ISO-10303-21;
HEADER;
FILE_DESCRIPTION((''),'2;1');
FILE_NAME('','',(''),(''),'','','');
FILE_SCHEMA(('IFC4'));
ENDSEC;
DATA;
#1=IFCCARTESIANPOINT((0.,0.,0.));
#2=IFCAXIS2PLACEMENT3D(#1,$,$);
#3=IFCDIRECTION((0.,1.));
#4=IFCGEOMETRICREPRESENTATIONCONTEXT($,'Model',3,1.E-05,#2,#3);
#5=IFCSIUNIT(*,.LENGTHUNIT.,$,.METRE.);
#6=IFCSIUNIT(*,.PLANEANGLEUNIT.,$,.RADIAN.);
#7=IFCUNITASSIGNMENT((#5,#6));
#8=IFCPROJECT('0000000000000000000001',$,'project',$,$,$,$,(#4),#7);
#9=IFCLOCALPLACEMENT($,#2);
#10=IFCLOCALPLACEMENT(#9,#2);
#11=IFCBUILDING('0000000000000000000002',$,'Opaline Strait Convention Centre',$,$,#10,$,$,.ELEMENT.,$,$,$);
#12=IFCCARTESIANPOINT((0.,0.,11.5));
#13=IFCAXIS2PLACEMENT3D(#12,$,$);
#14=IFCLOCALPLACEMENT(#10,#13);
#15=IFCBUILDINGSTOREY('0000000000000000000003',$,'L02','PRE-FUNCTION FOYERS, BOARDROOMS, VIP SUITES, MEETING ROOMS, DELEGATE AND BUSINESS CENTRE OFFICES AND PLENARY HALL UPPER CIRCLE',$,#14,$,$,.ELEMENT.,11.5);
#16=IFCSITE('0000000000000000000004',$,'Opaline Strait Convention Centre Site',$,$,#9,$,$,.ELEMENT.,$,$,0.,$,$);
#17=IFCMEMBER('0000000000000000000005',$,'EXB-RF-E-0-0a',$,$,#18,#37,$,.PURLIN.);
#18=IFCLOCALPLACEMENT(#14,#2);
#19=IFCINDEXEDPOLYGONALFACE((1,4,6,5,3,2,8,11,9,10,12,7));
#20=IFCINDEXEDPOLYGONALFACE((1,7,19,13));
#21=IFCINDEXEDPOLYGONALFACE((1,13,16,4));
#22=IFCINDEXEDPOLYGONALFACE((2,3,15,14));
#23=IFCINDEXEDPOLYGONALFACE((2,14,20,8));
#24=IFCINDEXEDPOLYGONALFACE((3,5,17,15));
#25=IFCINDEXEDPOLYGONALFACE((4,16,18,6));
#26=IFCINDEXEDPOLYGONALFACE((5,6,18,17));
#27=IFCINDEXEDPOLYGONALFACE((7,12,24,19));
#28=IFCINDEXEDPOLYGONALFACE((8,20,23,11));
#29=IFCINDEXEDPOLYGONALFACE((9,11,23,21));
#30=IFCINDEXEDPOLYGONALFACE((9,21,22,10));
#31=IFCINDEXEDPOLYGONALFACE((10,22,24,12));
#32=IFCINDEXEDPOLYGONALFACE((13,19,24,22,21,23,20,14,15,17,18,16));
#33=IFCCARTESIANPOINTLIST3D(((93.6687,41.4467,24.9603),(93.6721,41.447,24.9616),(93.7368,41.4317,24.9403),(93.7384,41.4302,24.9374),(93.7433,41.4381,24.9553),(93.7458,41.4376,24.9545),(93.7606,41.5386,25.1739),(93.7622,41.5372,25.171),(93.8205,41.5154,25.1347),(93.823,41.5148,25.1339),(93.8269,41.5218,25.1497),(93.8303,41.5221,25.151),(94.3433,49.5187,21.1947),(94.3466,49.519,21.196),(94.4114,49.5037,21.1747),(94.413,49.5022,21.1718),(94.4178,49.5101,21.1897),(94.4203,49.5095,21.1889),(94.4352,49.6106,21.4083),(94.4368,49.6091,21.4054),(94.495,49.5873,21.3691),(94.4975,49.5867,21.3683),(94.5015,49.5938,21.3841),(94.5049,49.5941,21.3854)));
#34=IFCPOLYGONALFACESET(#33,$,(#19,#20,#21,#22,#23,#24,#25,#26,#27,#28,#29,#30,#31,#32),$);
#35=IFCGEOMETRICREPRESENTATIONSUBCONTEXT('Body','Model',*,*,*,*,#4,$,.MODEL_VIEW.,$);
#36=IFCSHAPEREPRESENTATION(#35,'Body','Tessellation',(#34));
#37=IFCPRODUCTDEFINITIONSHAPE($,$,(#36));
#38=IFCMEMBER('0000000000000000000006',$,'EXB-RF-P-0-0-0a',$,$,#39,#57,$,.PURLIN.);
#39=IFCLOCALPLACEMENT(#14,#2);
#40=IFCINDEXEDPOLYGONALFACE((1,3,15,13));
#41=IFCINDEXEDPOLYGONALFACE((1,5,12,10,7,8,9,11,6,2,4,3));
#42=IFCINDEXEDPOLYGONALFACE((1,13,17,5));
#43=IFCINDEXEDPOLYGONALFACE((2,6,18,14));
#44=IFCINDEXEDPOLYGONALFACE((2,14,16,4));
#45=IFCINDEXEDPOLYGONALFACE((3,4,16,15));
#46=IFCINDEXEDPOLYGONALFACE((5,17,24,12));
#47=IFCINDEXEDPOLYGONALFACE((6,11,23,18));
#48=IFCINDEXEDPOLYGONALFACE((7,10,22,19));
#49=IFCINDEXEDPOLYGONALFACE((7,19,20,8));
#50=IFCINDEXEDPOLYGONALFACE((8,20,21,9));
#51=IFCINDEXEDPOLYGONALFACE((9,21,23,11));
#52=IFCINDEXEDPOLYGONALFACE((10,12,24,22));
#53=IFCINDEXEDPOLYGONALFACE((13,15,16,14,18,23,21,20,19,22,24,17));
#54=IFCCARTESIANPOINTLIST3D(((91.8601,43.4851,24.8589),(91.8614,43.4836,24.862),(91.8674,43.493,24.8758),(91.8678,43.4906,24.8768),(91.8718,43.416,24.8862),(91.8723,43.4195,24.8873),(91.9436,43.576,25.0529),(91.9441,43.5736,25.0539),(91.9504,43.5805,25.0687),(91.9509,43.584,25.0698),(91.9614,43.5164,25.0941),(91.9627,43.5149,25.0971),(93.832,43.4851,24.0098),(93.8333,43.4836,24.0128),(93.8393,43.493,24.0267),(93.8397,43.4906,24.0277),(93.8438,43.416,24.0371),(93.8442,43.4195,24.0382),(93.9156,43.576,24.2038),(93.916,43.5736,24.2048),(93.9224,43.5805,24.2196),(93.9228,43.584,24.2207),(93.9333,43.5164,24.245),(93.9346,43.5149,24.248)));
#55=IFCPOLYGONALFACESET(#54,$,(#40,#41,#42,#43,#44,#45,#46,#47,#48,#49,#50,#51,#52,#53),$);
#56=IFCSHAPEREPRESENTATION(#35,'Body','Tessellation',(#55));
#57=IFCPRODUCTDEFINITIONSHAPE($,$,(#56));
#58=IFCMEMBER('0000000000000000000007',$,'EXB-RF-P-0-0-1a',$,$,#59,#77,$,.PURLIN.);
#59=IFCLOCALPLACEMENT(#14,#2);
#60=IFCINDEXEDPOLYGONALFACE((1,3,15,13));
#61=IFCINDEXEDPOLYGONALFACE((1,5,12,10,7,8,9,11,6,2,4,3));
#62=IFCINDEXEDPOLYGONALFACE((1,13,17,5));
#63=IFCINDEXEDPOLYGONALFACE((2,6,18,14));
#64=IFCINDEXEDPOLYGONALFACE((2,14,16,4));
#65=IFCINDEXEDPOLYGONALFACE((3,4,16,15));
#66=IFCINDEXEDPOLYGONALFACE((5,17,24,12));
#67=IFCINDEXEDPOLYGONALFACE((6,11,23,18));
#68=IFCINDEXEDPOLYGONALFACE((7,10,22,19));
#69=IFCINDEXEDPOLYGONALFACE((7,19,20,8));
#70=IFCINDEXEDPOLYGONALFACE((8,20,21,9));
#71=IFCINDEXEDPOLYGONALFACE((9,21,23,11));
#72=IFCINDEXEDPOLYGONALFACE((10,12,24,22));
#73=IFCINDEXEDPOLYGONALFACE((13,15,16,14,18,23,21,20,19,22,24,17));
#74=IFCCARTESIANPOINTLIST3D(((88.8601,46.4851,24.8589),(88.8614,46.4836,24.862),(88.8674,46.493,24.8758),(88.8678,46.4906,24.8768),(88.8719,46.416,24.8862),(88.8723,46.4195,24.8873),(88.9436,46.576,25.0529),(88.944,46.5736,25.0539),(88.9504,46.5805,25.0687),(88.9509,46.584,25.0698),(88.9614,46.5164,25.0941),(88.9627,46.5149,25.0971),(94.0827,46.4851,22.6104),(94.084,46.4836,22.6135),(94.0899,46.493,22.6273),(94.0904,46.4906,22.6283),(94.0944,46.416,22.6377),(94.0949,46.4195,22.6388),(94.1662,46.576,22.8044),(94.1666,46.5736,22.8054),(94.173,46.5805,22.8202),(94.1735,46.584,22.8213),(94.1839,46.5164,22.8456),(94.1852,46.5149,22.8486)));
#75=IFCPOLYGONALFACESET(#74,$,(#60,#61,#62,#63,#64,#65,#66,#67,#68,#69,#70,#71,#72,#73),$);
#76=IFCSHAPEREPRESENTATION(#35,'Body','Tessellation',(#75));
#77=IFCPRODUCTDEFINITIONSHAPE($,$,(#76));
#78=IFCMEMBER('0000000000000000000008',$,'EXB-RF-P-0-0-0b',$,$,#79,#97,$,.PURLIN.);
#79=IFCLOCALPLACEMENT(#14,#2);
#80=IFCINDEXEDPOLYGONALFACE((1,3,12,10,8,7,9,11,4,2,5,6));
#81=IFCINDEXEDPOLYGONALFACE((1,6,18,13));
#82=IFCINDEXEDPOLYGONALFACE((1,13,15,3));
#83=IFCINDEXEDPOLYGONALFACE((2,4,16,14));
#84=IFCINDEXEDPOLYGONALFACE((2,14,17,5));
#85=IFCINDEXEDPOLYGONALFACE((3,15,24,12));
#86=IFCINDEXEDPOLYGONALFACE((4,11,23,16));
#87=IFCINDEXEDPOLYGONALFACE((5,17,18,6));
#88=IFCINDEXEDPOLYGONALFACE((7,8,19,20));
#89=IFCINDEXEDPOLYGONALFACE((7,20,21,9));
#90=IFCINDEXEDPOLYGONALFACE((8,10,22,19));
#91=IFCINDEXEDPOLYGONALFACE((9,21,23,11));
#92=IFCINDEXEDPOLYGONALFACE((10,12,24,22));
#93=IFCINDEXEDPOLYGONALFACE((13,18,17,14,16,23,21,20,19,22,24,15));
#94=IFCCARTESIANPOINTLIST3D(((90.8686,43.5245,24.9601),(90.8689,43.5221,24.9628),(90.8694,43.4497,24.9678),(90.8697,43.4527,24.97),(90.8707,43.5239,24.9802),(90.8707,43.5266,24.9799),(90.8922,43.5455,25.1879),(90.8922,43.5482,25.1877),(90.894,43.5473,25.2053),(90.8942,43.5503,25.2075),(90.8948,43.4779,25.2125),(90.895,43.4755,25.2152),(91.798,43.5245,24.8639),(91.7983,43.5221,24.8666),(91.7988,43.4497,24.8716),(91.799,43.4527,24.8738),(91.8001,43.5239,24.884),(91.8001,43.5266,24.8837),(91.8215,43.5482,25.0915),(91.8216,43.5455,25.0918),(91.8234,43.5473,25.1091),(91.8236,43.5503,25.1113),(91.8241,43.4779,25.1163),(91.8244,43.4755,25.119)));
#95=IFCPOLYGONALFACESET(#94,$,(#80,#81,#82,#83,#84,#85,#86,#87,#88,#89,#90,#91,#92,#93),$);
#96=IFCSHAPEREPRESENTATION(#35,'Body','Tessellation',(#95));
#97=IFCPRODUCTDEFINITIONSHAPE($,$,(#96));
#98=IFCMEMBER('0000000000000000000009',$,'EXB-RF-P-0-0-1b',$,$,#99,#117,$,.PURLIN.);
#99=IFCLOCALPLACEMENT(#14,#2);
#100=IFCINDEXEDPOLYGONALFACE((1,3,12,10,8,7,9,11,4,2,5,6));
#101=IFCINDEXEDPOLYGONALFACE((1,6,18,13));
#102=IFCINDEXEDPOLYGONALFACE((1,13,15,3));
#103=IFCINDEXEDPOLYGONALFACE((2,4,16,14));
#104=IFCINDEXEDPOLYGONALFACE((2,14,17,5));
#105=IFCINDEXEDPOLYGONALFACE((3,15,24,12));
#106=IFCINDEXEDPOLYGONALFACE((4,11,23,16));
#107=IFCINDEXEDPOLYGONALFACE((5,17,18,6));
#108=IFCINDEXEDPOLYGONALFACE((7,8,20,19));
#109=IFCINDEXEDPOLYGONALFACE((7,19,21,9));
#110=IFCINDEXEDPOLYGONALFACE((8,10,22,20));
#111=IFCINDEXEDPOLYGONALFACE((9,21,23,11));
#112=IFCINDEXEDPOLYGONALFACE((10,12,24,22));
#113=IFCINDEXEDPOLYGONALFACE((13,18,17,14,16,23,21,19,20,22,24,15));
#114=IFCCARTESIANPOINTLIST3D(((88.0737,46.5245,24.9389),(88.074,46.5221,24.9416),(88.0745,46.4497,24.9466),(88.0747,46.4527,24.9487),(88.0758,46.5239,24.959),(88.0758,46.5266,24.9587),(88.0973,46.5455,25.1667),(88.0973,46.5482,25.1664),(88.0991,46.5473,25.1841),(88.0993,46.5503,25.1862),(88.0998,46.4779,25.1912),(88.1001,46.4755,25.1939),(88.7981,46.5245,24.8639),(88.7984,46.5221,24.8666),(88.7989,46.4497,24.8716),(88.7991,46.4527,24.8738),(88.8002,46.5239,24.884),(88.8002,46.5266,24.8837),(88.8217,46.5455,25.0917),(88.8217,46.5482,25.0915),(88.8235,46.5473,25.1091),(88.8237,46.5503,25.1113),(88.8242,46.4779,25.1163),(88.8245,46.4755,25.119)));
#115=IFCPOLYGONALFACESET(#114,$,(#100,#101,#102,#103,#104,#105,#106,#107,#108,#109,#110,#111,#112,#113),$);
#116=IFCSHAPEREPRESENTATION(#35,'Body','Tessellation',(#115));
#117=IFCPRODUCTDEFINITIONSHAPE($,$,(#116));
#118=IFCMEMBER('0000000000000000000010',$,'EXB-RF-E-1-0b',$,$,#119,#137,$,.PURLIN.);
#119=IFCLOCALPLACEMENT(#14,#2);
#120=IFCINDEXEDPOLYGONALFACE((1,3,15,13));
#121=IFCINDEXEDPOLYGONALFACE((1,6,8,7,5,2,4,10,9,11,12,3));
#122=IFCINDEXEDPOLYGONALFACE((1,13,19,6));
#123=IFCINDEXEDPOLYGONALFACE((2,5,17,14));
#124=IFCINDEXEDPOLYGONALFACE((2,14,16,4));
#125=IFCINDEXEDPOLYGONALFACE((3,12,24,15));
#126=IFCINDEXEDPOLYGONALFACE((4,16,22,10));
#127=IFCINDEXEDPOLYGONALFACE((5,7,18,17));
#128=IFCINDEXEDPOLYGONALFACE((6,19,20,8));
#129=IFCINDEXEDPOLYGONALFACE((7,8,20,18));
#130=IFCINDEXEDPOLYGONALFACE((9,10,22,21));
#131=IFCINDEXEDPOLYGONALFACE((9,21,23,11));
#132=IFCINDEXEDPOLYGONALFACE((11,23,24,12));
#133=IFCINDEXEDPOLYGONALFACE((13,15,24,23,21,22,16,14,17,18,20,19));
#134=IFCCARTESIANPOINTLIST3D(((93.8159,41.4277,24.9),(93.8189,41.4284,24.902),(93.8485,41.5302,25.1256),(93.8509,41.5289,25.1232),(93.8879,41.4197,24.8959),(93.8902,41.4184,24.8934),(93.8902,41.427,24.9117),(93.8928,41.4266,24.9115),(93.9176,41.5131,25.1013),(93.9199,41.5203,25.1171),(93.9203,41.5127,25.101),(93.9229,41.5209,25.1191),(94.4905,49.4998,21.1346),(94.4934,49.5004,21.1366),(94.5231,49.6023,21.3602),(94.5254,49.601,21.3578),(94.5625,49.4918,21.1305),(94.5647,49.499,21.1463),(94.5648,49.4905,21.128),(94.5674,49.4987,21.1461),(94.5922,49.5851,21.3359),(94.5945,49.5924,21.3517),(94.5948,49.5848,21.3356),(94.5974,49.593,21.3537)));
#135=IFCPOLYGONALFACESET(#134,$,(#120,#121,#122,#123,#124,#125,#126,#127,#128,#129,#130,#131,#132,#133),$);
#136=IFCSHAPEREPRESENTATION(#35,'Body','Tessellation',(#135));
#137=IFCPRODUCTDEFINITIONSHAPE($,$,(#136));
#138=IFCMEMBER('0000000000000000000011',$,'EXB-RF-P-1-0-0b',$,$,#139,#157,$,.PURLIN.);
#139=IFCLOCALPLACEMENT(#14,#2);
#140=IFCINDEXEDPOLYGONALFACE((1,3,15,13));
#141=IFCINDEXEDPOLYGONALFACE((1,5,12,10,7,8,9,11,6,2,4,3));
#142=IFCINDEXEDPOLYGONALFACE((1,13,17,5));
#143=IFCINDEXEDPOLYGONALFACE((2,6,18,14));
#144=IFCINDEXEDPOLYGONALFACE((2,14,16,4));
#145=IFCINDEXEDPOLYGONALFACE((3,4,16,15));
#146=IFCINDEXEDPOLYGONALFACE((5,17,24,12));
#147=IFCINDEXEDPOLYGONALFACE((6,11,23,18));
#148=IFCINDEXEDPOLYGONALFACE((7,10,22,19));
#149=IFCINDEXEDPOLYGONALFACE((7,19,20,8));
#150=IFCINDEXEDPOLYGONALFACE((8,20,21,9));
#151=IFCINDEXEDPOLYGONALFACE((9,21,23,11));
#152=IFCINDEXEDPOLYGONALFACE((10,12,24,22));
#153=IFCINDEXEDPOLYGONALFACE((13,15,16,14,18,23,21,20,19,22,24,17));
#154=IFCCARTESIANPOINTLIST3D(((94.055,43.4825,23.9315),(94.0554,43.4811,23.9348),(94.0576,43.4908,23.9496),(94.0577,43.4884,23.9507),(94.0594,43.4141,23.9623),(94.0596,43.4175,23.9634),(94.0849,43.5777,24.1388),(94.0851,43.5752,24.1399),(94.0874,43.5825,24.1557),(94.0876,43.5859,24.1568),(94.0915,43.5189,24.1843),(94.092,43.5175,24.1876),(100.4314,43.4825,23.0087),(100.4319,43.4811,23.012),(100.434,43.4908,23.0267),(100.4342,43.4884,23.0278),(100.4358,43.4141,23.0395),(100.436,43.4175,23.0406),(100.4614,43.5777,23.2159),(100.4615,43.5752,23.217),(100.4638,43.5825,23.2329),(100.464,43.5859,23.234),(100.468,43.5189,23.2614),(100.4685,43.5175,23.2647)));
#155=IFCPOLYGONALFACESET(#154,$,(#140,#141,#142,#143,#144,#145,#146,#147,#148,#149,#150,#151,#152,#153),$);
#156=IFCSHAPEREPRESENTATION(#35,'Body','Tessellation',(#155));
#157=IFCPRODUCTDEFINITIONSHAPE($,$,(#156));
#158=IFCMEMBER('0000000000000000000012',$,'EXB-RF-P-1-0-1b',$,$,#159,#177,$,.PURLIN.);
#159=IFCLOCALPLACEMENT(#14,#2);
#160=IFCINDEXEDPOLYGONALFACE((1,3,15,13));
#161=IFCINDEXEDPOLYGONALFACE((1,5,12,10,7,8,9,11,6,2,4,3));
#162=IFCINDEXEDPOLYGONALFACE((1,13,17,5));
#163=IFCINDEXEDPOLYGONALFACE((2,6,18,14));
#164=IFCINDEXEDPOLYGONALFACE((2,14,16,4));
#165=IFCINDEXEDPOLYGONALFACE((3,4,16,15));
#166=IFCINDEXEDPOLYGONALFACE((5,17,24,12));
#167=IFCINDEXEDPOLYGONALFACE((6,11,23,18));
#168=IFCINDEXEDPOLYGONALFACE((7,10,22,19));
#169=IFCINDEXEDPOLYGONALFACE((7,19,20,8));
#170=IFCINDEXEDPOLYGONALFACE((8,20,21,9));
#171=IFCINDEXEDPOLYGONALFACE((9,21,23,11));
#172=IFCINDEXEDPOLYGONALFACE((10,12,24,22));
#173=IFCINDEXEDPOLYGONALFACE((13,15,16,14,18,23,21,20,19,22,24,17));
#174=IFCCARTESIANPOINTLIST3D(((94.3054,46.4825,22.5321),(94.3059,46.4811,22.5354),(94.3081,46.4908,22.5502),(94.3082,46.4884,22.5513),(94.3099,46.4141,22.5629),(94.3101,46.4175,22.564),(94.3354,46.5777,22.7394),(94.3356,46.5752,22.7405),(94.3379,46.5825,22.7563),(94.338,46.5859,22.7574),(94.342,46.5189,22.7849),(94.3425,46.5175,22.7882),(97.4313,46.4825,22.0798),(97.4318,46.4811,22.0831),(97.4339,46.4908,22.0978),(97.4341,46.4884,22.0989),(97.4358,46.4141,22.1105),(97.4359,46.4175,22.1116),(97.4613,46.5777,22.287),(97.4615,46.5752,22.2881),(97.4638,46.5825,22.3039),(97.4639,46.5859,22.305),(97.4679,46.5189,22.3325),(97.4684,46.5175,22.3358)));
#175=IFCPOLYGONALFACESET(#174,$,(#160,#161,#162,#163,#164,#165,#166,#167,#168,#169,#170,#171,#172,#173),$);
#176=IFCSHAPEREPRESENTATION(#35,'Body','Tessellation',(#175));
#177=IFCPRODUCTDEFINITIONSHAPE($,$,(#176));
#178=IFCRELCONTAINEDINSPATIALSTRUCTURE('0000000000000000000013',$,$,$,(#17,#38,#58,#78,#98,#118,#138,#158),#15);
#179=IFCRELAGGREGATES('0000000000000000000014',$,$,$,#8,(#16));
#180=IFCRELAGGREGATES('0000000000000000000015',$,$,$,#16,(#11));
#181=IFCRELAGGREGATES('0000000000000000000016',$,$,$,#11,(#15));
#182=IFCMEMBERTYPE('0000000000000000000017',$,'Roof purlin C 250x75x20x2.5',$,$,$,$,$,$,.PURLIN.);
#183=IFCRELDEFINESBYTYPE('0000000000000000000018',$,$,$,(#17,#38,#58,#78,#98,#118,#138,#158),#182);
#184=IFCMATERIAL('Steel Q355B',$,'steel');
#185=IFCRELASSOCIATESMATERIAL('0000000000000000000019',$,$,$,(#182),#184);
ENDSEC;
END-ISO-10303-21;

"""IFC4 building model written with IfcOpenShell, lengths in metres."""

from ifc_helpers import new_model, si_unit, direction, frame, origin, place, context, subcontext, project, spatial, polyline, outline, extrude, material, material_profile, profile_set, type_object, element, save


model = new_model("IFC4")

# Units and contexts
model_context = context("Model", 3, precision=1e-05, world=origin(), true_north=direction((0.0, 1.0)))
body_context = subcontext(model_context, "Body", "Model", "MODEL_VIEW")
ifc_project = project(units=[si_unit("LENGTHUNIT", "METRE"), si_unit("PLANEANGLEUNIT", "RADIAN")], contexts=[model_context])

# Site, building, storey
site_placement = place(None, origin())
site = spatial("IfcSite", under=ifc_project, at=site_placement, Name="Opaline Strait Convention Centre Site", CompositionType="ELEMENT", RefElevation=0.0)
building_placement = place(site_placement, origin())
building = spatial("IfcBuilding", under=site, at=building_placement, Name="Opaline Strait Convention Centre", CompositionType="ELEMENT")
storey_placement = place(building_placement, frame((0.0, 0.0, 11.5)))
storey = spatial("IfcBuildingStorey", under=building, at=storey_placement, Name="L02", Description="PRE-FUNCTION FOYERS, BOARDROOMS, VIP SUITES, MEETING ROOMS, DELEGATE AND BUSINESS CENTRE OFFICES AND PLENARY HALL UPPER CIRCLE", CompositionType="ELEMENT", Elevation=11.5)

# Members
ifc_material_1 = material(Name="Steel Q355B", Category="steel")
ifc_material_profile_1 = material_profile(ifc_material_1, outline(polyline([(-0.0376, -0.125), (0.0376, -0.125), (0.0376, -0.105), (0.0349, -0.105), (0.0349, -0.1226), (-0.0349, -0.1226), (-0.0349, 0.1226), (0.0349, 0.1226), (0.0349, 0.105), (0.0376, 0.105), (0.0376, 0.125), (-0.0376, 0.125), (-0.0376, -0.125)])), Name="C 250x75x20x2.5")
ifc_profile_set_1 = profile_set([ifc_material_profile_1], Name="Steel Q355B")
member_type_1 = type_object("IfcMemberType", Name="Roof purlin C 250x75x20x2.5", PredefinedType="PURLIN", material=ifc_profile_set_1)
member_1_placement = place(storey_placement, frame((94.4241, 49.5564, 21.29), z_axis=(-0.075516, -0.903652, 0.421557), x_axis=(0.926866, -0.219515, -0.304519)))
element("IfcMember", 1, at=member_1_placement, inside=storey, type_object=member_type_1, Name="EXB-RF-E-0-0a", PredefinedType="PURLIN", context=body_context, shape_type="SweptSolid", body=[
    extrude(outline(polyline([(-0.0376, -0.125), (0.0376, -0.125), (0.0376, -0.105), (0.0349, -0.105), (0.0349, -0.1226), (-0.0349, -0.1226), (-0.0349, 0.1226), (0.0349, 0.1226), (0.0349, 0.105), (0.0376, 0.105), (0.0376, 0.125), (-0.0376, 0.125), (-0.0376, -0.125)])), origin(), (0.0, 0.0, 1.0), 8.9326),
])
member_2_placement = place(storey_placement, frame((91.9114, 43.5, 24.978), z_axis=(0.918467, 0.0, -0.395497), x_axis=(-0.156387, 0.918501, -0.363179)))
element("IfcMember", 2, at=member_2_placement, inside=storey, type_object=member_type_1, Name="EXB-RF-P-0-0-0a", PredefinedType="PURLIN", context=body_context, shape_type="SweptSolid", body=[
    extrude(outline(polyline([(-0.0376, -0.125), (0.0376, -0.125), (0.0376, -0.105), (0.0349, -0.105), (0.0349, -0.1226), (-0.0349, -0.1226), (-0.0349, 0.1226), (0.0349, 0.1226), (0.0349, 0.105), (0.0376, 0.105), (0.0376, 0.125), (-0.0376, 0.125), (-0.0376, -0.125)])), origin(), (0.0, 0.0, 1.0), 2.147),
])
member_3_placement = place(storey_placement, frame((88.9114, 46.5, 24.978), z_axis=(0.918491, 0.0, -0.395442), x_axis=(-0.156365, 0.918501, -0.363189)))
element("IfcMember", 3, at=member_3_placement, inside=storey, type_object=member_type_1, Name="EXB-RF-P-0-0-1a", PredefinedType="PURLIN", context=body_context, shape_type="SweptSolid", body=[
    extrude(outline(polyline([(-0.0376, -0.125), (0.0376, -0.125), (0.0376, -0.105), (0.0349, -0.105), (0.0349, -0.1226), (-0.0349, -0.1226), (-0.0349, 0.1226), (0.0349, 0.1226), (0.0349, 0.105), (0.0376, 0.105), (0.0376, 0.125), (-0.0376, 0.125), (-0.0376, -0.125)])), origin(), (0.0, 0.0, 1.0), 5.686),
])
member_4_placement = place(storey_placement, frame((90.8818, 43.5, 25.0876), z_axis=(0.994687, 0.0, -0.102944), x_axis=(-0.0106, 0.994685, -0.102419)))
element("IfcMember", 4, at=member_4_placement, inside=storey, type_object=member_type_1, Name="EXB-RF-P-0-0-0b", PredefinedType="PURLIN", context=body_context, shape_type="SweptSolid", body=[
    extrude(outline(polyline([(-0.0376, -0.125), (0.0376, -0.125), (0.0376, -0.105), (0.0349, -0.105), (0.0349, -0.1226), (-0.0349, -0.1226), (-0.0349, 0.1226), (0.0349, 0.1226), (0.0349, 0.105), (0.0376, 0.105), (0.0376, 0.125), (-0.0376, 0.125), (-0.0376, -0.125)])), origin(), (0.0, 0.0, 1.0), 0.9343),
])
member_5_placement = place(storey_placement, frame((88.0869, 46.5, 25.0664), z_axis=(0.994689, 0.0, -0.102922), x_axis=(-0.010597, 0.994685, -0.102419)))
element("IfcMember", 5, at=member_5_placement, inside=storey, type_object=member_type_1, Name="EXB-RF-P-0-0-1b", PredefinedType="PURLIN", context=body_context, shape_type="SweptSolid", body=[
    extrude(outline(polyline([(-0.0376, -0.125), (0.0376, -0.125), (0.0376, -0.105), (0.0349, -0.105), (0.0349, -0.1226), (-0.0349, -0.1226), (-0.0349, 0.1226), (0.0349, 0.1226), (0.0349, 0.105), (0.0376, 0.105), (0.0376, 0.125), (-0.0376, 0.125), (-0.0376, -0.125)])), origin(), (0.0, 0.0, 1.0), 0.7283),
])
member_6_placement = place(storey_placement, frame((94.5439, 49.5464, 21.2441), z_axis=(-0.075517, -0.903663, 0.421534), x_axis=(0.988553, -0.123221, -0.087057)))
element("IfcMember", 6, at=member_6_placement, inside=storey, type_object=member_type_1, Name="EXB-RF-E-1-0b", PredefinedType="PURLIN", context=body_context, shape_type="SweptSolid", body=[
    extrude(outline(polyline([(-0.0376, -0.125), (0.0376, -0.125), (0.0376, -0.105), (0.0349, -0.105), (0.0349, -0.1226), (-0.0349, -0.1226), (-0.0349, 0.1226), (0.0349, 0.1226), (0.0349, 0.105), (0.0376, 0.105), (0.0376, 0.125), (-0.0376, 0.125), (-0.0376, -0.125)])), origin(), (0.0, 0.0, 1.0), 8.9326),
])
member_7_placement = place(storey_placement, frame((94.0735, 43.5, 24.0596), z_axis=(0.989689, 0.0, -0.143235), x_axis=(-0.059254, 0.91042, -0.409419)))
element("IfcMember", 7, at=member_7_placement, inside=storey, type_object=member_type_1, Name="EXB-RF-P-1-0-0b", PredefinedType="PURLIN", context=body_context, shape_type="SweptSolid", body=[
    extrude(outline(polyline([(-0.0376, -0.125), (0.0376, -0.125), (0.0376, -0.105), (0.0349, -0.105), (0.0349, -0.1226), (-0.0349, -0.1226), (-0.0349, 0.1226), (0.0349, 0.1226), (0.0349, 0.105), (0.0376, 0.105), (0.0376, 0.125), (-0.0376, 0.125), (-0.0376, -0.125)])), origin(), (0.0, 0.0, 1.0), 6.4429),
])
member_8_placement = place(storey_placement, frame((94.324, 46.5, 22.6602), z_axis=(0.98969, 0.0, -0.143228), x_axis=(-0.059251, 0.91042, -0.409419)))
element("IfcMember", 8, at=member_8_placement, inside=storey, type_object=member_type_1, Name="EXB-RF-P-1-0-1b", PredefinedType="PURLIN", context=body_context, shape_type="SweptSolid", body=[
    extrude(outline(polyline([(-0.0376, -0.125), (0.0376, -0.125), (0.0376, -0.105), (0.0349, -0.105), (0.0349, -0.1226), (-0.0349, -0.1226), (-0.0349, 0.1226), (0.0349, 0.1226), (0.0349, 0.105), (0.0376, 0.105), (0.0376, 0.125), (-0.0376, 0.125), (-0.0376, -0.125)])), origin(), (0.0, 0.0, 1.0), 3.1584),
])

save(model, "model.ifc")
